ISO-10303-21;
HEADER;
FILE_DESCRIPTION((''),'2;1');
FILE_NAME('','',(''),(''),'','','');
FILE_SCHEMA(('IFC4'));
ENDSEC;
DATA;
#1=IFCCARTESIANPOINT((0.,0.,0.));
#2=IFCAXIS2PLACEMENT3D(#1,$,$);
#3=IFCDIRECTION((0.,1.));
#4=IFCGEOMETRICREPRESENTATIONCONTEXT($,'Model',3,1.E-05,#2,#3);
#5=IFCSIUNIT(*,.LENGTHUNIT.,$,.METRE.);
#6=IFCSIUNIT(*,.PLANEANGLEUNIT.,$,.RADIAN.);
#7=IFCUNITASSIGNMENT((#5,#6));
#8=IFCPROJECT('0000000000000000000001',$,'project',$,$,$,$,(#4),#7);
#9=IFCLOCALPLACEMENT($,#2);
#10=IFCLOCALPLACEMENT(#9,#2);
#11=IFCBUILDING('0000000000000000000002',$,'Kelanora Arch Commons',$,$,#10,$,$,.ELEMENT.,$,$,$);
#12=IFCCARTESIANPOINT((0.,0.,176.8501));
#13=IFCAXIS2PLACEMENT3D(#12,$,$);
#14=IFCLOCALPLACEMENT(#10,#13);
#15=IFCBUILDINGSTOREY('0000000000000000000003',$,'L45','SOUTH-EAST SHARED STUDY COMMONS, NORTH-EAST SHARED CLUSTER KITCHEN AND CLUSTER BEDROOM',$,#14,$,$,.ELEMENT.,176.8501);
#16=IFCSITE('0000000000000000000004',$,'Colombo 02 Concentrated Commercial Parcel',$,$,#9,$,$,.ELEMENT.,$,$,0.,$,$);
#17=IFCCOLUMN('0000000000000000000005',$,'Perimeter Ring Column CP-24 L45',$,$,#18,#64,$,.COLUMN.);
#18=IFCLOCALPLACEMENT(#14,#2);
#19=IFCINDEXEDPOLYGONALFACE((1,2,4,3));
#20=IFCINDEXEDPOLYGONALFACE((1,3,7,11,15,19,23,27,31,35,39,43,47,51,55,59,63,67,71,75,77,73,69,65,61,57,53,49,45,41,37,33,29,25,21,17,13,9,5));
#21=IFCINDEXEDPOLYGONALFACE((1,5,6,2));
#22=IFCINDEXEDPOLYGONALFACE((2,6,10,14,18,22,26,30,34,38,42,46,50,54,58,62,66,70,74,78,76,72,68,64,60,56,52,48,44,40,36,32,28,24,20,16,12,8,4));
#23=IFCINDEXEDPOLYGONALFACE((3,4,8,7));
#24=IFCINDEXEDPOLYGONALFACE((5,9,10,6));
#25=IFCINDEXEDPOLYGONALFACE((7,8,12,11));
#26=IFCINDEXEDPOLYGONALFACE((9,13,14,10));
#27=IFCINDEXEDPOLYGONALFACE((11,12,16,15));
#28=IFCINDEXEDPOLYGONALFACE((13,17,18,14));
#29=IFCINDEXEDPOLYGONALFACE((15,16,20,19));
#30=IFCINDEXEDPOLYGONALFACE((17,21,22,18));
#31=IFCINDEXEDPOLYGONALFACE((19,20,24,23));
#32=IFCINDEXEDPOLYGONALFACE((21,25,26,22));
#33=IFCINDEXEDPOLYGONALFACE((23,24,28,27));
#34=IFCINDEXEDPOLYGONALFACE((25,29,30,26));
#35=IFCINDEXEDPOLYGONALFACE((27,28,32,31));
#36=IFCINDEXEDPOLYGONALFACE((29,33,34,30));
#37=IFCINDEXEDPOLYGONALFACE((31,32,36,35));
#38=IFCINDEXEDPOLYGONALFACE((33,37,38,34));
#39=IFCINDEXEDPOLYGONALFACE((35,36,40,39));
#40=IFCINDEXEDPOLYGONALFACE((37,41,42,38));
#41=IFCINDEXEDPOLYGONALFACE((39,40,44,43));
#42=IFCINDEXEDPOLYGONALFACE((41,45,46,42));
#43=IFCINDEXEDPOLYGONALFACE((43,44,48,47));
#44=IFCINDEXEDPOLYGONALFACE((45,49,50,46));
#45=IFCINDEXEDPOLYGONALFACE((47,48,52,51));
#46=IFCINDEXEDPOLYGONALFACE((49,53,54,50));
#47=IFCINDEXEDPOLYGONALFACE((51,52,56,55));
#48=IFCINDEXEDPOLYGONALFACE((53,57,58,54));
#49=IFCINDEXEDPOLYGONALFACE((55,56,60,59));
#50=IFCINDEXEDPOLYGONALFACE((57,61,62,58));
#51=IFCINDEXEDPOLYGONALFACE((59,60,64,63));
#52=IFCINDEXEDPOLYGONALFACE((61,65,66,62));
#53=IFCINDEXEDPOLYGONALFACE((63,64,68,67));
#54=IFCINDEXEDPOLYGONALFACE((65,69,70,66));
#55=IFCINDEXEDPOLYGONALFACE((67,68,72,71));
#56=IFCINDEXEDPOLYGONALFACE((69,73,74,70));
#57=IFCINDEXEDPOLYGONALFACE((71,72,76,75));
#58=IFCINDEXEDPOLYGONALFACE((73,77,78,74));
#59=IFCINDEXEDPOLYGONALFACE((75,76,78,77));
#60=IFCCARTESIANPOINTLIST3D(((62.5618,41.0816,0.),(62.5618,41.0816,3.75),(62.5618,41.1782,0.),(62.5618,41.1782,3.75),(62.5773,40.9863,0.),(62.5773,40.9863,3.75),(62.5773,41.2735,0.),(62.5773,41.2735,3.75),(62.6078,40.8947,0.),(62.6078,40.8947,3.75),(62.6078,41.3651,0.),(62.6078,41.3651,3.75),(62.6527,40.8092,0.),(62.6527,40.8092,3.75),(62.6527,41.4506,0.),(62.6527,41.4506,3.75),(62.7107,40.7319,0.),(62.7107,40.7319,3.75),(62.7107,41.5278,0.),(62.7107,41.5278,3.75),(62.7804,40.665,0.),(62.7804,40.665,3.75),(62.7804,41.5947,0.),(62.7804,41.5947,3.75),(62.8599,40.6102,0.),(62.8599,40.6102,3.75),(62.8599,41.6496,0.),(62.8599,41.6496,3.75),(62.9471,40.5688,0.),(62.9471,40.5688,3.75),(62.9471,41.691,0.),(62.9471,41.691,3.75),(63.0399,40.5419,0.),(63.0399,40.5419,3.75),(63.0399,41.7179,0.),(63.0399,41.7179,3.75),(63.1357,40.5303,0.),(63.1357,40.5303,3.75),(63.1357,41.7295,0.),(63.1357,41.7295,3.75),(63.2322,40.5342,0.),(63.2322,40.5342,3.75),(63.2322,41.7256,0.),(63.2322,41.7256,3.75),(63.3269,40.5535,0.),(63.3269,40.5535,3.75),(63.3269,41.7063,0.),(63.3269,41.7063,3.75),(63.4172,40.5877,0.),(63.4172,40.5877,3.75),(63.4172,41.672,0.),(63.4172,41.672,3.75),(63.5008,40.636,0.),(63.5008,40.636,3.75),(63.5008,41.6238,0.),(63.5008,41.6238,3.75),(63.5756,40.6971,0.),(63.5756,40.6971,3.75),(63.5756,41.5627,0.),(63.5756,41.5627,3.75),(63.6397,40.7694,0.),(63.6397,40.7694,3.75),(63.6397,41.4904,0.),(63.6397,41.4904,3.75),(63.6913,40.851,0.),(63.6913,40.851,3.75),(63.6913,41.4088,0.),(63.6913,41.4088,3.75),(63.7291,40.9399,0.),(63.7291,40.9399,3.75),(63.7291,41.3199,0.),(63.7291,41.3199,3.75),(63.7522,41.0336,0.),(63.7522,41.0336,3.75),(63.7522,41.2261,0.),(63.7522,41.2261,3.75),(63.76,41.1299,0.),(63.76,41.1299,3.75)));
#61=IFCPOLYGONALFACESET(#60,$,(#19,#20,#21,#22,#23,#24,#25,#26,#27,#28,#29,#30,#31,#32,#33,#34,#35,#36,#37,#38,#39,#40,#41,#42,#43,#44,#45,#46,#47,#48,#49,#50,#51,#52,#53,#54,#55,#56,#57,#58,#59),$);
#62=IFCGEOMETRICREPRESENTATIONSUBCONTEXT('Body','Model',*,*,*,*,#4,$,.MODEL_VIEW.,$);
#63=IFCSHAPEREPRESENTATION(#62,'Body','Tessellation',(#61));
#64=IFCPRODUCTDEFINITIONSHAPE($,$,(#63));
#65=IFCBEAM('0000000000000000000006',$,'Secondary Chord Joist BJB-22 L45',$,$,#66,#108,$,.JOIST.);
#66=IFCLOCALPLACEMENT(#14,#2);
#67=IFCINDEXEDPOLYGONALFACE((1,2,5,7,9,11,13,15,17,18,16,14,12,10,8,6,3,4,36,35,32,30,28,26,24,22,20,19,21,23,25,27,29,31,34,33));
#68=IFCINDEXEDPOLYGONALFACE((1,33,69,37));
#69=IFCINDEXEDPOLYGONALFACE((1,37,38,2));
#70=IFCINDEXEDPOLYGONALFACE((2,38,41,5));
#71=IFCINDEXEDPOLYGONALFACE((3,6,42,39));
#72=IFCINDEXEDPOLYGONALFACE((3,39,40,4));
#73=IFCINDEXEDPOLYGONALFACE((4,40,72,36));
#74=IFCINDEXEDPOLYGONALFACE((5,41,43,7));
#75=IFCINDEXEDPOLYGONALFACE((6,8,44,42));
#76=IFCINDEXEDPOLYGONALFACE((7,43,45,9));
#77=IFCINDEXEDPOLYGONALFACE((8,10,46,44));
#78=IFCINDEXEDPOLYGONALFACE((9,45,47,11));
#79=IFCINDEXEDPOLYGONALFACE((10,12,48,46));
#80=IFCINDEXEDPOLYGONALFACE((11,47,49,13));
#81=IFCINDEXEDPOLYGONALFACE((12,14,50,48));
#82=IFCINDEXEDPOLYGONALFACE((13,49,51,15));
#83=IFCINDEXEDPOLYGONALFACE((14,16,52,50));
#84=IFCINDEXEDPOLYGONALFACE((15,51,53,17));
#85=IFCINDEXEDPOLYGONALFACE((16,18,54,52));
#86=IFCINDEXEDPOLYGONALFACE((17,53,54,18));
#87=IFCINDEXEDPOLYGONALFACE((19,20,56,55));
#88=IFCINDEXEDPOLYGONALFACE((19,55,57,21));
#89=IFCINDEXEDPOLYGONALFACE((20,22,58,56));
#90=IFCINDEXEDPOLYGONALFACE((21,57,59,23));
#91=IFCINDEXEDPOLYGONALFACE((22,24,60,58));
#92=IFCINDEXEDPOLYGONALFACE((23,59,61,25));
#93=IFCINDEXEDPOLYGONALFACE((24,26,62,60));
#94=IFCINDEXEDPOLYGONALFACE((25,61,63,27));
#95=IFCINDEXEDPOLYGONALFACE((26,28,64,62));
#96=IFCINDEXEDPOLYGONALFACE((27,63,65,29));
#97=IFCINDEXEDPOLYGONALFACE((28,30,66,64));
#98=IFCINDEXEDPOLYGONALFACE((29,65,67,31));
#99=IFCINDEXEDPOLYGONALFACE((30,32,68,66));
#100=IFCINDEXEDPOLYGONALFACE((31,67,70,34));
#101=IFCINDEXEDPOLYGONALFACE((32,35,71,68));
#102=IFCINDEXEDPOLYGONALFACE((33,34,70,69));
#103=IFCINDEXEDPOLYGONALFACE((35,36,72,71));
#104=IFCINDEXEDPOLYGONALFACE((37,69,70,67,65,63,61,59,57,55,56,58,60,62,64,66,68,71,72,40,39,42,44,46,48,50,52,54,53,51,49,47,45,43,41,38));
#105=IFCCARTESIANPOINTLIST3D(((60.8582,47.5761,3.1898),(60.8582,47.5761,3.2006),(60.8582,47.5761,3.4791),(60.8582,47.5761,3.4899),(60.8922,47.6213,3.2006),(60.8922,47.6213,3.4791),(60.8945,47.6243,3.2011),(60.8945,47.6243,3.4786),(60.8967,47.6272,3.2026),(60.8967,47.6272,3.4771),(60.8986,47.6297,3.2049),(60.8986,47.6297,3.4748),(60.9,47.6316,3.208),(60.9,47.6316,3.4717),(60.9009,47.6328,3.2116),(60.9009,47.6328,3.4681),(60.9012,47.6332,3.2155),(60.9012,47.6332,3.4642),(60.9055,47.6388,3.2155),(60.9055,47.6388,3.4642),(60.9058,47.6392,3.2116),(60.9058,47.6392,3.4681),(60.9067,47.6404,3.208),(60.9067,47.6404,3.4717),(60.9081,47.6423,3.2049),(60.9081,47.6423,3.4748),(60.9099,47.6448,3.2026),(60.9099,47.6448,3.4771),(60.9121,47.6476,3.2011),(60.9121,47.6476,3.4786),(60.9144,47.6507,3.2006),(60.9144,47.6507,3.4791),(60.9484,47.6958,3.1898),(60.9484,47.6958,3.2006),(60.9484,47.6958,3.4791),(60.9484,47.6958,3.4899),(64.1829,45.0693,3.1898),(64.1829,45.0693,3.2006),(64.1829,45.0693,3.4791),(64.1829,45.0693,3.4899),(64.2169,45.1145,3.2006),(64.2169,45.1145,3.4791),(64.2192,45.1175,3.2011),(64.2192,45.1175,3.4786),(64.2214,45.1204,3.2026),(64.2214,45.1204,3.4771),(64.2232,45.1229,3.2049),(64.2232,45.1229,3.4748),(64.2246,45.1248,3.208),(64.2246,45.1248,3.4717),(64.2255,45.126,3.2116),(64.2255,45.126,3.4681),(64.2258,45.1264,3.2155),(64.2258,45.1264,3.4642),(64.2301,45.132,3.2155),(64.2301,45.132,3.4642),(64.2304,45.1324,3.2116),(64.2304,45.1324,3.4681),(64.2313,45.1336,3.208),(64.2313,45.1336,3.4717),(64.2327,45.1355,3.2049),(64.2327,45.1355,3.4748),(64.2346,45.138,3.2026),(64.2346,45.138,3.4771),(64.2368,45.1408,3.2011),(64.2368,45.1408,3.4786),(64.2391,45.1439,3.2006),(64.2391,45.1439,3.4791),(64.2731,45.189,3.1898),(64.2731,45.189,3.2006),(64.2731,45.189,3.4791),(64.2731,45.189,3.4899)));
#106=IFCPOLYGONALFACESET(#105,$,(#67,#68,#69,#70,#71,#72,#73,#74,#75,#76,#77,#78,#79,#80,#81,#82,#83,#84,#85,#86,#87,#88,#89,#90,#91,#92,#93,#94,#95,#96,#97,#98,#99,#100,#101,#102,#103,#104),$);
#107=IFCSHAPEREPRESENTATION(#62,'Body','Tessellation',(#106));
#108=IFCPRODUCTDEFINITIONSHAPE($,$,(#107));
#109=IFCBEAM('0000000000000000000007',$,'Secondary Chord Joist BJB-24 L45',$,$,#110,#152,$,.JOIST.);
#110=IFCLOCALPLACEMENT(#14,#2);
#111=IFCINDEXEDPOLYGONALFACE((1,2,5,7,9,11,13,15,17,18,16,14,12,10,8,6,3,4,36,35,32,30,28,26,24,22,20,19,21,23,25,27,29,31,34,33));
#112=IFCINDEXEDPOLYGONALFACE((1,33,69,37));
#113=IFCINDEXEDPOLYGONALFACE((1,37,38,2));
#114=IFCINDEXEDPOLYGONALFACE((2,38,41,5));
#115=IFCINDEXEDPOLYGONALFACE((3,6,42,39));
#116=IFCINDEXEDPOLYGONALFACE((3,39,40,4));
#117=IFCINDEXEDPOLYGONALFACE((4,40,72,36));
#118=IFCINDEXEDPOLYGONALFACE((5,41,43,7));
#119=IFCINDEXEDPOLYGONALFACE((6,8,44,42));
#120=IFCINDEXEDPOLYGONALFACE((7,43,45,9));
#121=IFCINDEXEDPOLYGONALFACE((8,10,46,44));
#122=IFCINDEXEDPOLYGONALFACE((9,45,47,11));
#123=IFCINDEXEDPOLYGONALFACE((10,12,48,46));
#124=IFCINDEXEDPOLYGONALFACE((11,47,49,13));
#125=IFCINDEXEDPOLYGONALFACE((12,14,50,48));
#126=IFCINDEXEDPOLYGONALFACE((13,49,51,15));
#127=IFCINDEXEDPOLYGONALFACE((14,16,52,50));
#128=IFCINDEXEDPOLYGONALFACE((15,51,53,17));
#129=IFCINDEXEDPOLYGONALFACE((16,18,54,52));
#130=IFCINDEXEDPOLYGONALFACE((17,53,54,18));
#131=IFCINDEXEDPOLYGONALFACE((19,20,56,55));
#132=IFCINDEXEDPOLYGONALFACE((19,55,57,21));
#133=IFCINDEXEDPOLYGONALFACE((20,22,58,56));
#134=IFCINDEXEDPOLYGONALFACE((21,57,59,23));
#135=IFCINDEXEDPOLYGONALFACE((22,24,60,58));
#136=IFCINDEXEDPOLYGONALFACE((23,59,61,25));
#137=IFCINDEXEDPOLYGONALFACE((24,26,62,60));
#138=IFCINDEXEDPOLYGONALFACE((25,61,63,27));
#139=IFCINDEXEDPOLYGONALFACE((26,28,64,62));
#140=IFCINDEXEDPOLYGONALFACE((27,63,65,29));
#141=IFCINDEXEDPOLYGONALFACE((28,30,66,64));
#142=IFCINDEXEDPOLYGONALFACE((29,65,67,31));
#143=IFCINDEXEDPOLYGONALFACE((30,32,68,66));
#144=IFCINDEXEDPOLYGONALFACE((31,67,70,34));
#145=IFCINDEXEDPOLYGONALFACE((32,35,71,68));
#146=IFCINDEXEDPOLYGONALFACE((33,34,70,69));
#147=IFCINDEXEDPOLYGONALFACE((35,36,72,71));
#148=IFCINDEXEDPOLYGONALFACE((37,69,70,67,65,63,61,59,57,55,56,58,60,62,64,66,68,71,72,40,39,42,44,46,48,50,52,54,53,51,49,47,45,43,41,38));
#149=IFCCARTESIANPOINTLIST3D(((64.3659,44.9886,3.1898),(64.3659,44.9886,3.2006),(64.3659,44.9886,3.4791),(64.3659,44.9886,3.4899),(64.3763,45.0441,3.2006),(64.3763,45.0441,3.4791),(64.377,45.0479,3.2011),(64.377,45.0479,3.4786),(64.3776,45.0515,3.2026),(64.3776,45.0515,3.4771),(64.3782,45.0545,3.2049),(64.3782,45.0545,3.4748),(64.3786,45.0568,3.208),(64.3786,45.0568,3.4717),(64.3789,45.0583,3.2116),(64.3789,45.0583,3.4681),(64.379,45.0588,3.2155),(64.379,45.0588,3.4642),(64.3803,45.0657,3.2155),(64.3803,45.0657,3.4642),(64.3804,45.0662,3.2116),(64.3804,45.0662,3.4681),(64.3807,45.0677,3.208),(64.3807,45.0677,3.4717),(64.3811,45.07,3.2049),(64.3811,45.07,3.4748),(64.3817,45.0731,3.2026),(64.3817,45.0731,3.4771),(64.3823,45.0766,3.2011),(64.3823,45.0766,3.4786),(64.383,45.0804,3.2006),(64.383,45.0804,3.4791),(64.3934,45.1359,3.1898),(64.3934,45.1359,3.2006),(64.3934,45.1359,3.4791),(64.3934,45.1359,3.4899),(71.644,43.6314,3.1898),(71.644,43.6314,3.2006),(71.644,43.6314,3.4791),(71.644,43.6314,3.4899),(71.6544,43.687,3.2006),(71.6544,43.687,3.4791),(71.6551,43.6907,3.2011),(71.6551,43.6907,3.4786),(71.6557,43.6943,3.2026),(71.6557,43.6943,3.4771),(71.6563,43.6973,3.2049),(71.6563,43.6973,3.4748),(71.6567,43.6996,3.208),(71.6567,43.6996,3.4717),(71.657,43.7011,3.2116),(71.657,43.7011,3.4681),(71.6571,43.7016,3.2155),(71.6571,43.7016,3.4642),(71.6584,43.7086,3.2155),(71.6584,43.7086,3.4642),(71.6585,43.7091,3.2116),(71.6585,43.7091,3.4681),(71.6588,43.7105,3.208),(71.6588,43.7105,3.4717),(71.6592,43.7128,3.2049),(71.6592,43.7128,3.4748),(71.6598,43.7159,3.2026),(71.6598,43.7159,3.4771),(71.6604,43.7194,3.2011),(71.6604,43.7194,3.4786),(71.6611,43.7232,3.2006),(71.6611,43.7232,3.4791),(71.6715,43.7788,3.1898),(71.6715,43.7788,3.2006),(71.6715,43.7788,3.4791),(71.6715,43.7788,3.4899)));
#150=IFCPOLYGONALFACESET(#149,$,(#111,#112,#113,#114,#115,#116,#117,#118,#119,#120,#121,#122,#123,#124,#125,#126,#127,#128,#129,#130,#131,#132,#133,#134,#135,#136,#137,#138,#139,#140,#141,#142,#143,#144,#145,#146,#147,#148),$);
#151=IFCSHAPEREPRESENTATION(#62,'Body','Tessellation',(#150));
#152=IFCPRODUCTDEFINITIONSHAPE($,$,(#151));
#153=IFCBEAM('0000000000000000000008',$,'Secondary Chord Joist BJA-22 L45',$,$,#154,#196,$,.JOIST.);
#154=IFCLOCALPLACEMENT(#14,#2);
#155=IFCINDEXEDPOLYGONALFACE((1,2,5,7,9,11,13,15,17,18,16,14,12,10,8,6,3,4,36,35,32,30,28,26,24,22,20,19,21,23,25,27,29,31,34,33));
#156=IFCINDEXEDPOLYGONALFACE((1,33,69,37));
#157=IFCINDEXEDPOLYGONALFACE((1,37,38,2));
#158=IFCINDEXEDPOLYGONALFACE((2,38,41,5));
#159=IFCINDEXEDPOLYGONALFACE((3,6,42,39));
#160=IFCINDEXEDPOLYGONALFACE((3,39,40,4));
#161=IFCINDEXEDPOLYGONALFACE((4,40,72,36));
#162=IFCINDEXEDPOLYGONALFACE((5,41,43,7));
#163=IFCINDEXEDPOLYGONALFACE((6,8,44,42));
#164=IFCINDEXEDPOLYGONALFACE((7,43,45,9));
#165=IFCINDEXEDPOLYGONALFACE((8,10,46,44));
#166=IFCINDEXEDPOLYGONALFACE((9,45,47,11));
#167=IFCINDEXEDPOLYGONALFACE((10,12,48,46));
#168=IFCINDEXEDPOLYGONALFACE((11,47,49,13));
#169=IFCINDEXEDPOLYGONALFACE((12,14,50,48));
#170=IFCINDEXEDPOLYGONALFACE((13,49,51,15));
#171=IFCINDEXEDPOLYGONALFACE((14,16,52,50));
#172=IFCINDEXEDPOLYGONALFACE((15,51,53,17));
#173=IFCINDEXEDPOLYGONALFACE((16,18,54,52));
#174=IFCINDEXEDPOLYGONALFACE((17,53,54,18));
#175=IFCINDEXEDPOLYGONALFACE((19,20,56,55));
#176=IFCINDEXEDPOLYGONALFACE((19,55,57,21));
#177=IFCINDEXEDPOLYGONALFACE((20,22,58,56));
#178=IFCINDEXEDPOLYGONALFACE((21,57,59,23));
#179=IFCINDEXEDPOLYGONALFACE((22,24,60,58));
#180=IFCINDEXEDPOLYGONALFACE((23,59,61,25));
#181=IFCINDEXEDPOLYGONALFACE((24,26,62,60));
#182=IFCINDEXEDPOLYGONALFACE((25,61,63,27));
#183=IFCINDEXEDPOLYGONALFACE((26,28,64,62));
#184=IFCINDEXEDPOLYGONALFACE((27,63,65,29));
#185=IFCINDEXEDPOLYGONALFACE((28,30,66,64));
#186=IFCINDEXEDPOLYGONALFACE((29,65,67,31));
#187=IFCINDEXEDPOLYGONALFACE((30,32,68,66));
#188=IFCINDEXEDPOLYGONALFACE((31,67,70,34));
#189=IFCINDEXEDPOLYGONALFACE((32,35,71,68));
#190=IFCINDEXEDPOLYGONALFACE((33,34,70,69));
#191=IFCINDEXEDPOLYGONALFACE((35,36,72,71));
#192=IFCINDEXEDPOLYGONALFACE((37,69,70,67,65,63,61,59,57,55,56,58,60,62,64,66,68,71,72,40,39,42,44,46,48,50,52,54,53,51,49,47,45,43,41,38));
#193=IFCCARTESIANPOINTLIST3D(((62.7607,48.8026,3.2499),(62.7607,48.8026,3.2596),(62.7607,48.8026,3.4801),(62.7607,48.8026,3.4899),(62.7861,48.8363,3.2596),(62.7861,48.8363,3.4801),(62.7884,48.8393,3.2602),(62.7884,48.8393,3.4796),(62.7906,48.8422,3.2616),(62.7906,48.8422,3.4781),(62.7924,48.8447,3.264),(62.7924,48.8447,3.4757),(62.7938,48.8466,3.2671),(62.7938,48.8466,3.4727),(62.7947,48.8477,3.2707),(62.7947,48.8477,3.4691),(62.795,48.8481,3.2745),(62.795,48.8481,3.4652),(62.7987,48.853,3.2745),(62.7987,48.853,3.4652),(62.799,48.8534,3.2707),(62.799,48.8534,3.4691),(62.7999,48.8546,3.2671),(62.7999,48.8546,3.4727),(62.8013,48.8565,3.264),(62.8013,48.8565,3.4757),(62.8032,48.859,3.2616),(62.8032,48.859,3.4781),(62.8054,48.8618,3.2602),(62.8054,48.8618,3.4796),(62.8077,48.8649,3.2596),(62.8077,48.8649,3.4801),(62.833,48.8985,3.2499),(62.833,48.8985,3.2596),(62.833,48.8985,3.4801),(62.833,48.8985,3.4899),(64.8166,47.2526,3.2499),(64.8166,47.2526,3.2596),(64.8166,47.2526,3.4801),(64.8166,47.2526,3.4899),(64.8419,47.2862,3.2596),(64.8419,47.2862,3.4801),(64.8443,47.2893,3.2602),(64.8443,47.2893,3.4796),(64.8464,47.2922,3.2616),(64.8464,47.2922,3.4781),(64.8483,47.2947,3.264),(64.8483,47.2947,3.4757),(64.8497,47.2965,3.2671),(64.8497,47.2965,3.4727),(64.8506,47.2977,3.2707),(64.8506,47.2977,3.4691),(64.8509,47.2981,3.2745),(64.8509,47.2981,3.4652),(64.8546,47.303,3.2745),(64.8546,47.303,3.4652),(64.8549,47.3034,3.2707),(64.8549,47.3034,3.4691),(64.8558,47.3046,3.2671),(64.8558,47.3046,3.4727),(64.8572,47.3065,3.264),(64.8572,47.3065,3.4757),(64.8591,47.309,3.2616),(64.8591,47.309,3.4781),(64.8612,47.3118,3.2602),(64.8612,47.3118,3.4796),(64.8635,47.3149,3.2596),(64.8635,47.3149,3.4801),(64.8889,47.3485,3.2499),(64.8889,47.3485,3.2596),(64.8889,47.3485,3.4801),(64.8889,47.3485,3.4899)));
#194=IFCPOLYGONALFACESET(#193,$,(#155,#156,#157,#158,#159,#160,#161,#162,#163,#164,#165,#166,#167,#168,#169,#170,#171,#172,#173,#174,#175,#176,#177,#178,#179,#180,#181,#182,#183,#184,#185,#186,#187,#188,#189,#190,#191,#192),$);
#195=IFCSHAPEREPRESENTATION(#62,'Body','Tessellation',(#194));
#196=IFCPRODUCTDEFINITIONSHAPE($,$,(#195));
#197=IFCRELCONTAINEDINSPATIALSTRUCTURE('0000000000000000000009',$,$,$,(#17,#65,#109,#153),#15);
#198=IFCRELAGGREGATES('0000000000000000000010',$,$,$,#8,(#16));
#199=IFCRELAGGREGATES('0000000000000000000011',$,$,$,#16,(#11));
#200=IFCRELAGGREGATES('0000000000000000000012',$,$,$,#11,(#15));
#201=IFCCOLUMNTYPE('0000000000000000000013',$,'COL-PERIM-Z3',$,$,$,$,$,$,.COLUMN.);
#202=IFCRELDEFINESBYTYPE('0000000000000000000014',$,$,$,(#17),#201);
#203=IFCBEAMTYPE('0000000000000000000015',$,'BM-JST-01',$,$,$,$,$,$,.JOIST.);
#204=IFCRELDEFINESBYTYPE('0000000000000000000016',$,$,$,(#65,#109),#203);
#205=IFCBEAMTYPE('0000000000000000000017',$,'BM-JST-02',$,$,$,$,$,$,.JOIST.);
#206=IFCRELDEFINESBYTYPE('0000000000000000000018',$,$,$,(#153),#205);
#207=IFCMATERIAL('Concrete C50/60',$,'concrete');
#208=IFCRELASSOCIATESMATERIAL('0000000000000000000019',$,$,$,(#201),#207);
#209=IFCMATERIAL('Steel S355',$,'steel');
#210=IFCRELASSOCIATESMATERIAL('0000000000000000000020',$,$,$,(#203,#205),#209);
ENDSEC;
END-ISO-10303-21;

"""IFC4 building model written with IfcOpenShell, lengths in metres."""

from ifc_helpers import new_model, si_unit, direction, frame, origin, origin_2d, place, context, subcontext, project, spatial, circle, i_section, extrude, material, material_profile, profile_set, type_object, element, save


model = new_model("IFC4")

# Units and contexts
model_context = context("Model", 3, precision=1e-05, world=origin(), true_north=direction((0.0, 1.0)))
body_context = subcontext(model_context, "Body", "Model", "MODEL_VIEW")
ifc_project = project(units=[si_unit("LENGTHUNIT", "METRE"), si_unit("PLANEANGLEUNIT", "RADIAN")], contexts=[model_context])

# Site, building, storey
site_placement = place(None, origin())
site = spatial("IfcSite", under=ifc_project, at=site_placement, Name="Colombo 02 Concentrated Commercial Parcel", CompositionType="ELEMENT", RefElevation=0.0)
building_placement = place(site_placement, origin())
building = spatial("IfcBuilding", under=site, at=building_placement, Name="Kelanora Arch Commons", CompositionType="ELEMENT")
storey_placement = place(building_placement, frame((0.0, 0.0, 176.8501)))
storey = spatial("IfcBuildingStorey", under=building, at=storey_placement, Name="L45", Description="SOUTH-EAST SHARED STUDY COMMONS, NORTH-EAST SHARED CLUSTER KITCHEN AND CLUSTER BEDROOM", CompositionType="ELEMENT", Elevation=176.8501)

# Column
ifc_material_1 = material(Name="Concrete C50/60", Category="concrete")
ifc_material_profile_1 = material_profile(ifc_material_1, circle(Radius=0.6001, at=origin_2d()), Name="RCC1200")
ifc_profile_set_1 = profile_set([ifc_material_profile_1], Name="Concrete C50/60")
column_type = type_object("IfcColumnType", Name="COL-PERIM-Z3", PredefinedType="COLUMN", material=ifc_profile_set_1)
column_placement = place(storey_placement, frame((63.1599, 41.1299, 0.0), z_axis=(0.0, 0.0, 1.0), x_axis=(1.0, 0.0, 0.0)))
element("IfcColumn", 1, at=column_placement, inside=storey, type_object=column_type, Name="Perimeter Ring Column CP-24 L45", PredefinedType="COLUMN", context=body_context, shape_type="SweptSolid", body=[
    extrude(circle(Radius=0.6001, at=origin_2d()), origin(), (0.0, 0.0, 1.0), 3.75),
])

# Beams
ifc_material_2 = material(Name="Steel S355", Category="steel")
ifc_material_profile_2 = material_profile(ifc_material_2, i_section(OverallWidth=0.1499, OverallDepth=0.3, WebThickness=0.0071, FlangeThickness=0.0107, FilletRadius=0.0149, at=origin_2d()), Name="IPE300")
ifc_profile_set_2 = profile_set([ifc_material_profile_2], Name="Steel S355")
beam_type_1 = type_object("IfcBeamType", Name="BM-JST-01", PredefinedType="JOIST", material=ifc_profile_set_2)
beam_1_placement = place(storey_placement, frame((60.9033, 47.636, 3.3398), z_axis=(0.798464, -0.602043, 0.0), x_axis=(0.602043, 0.798464, 0.0)))
element("IfcBeam", 2, at=beam_1_placement, inside=storey, type_object=beam_type_1, Name="Secondary Chord Joist BJB-22 L45", PredefinedType="JOIST", context=body_context, shape_type="SweptSolid", body=[
    extrude(i_section(OverallWidth=0.1499, OverallDepth=0.3, WebThickness=0.0071, FlangeThickness=0.0107, FilletRadius=0.0149, at=origin_2d()), origin(), (0.0, 0.0, 1.0), 4.1638),
])
beam_2_placement = place(storey_placement, frame((64.3796, 45.0623, 3.3398), z_axis=(0.983054, -0.183315, 0.0), x_axis=(0.183315, 0.983054, 0.0)))
element("IfcBeam", 3, at=beam_2_placement, inside=storey, type_object=beam_type_1, Name="Secondary Chord Joist BJB-24 L45", PredefinedType="JOIST", context=body_context, shape_type="SweptSolid", body=[
    extrude(i_section(OverallWidth=0.1499, OverallDepth=0.3, WebThickness=0.0071, FlangeThickness=0.0107, FilletRadius=0.0149, at=origin_2d()), origin(), (0.0, 0.0, 1.0), 7.4036),
])
ifc_material_profile_3 = material_profile(ifc_material_2, i_section(OverallWidth=0.1201, OverallDepth=0.24, WebThickness=0.0061, FlangeThickness=0.0098, FilletRadius=0.0149, at=origin_2d()), Name="IPE240")
ifc_profile_set_3 = profile_set([ifc_material_profile_3], Name="Steel S355")
beam_type_2 = type_object("IfcBeamType", Name="BM-JST-02", PredefinedType="JOIST", material=ifc_profile_set_3)
beam_3_placement = place(storey_placement, frame((62.7969, 48.8506, 3.3699), z_axis=(0.798484, -0.602016, 0.0), x_axis=(0.602016, 0.798484, 0.0)))
element("IfcBeam", 4, at=beam_3_placement, inside=storey, type_object=beam_type_2, Name="Secondary Chord Joist BJA-22 L45", PredefinedType="JOIST", context=body_context, shape_type="SweptSolid", body=[
    extrude(i_section(OverallWidth=0.1201, OverallDepth=0.24, WebThickness=0.0061, FlangeThickness=0.0098, FilletRadius=0.0149, at=origin_2d()), origin(), (0.0, 0.0, 1.0), 2.5747),
])

save(model, "model.ifc")
